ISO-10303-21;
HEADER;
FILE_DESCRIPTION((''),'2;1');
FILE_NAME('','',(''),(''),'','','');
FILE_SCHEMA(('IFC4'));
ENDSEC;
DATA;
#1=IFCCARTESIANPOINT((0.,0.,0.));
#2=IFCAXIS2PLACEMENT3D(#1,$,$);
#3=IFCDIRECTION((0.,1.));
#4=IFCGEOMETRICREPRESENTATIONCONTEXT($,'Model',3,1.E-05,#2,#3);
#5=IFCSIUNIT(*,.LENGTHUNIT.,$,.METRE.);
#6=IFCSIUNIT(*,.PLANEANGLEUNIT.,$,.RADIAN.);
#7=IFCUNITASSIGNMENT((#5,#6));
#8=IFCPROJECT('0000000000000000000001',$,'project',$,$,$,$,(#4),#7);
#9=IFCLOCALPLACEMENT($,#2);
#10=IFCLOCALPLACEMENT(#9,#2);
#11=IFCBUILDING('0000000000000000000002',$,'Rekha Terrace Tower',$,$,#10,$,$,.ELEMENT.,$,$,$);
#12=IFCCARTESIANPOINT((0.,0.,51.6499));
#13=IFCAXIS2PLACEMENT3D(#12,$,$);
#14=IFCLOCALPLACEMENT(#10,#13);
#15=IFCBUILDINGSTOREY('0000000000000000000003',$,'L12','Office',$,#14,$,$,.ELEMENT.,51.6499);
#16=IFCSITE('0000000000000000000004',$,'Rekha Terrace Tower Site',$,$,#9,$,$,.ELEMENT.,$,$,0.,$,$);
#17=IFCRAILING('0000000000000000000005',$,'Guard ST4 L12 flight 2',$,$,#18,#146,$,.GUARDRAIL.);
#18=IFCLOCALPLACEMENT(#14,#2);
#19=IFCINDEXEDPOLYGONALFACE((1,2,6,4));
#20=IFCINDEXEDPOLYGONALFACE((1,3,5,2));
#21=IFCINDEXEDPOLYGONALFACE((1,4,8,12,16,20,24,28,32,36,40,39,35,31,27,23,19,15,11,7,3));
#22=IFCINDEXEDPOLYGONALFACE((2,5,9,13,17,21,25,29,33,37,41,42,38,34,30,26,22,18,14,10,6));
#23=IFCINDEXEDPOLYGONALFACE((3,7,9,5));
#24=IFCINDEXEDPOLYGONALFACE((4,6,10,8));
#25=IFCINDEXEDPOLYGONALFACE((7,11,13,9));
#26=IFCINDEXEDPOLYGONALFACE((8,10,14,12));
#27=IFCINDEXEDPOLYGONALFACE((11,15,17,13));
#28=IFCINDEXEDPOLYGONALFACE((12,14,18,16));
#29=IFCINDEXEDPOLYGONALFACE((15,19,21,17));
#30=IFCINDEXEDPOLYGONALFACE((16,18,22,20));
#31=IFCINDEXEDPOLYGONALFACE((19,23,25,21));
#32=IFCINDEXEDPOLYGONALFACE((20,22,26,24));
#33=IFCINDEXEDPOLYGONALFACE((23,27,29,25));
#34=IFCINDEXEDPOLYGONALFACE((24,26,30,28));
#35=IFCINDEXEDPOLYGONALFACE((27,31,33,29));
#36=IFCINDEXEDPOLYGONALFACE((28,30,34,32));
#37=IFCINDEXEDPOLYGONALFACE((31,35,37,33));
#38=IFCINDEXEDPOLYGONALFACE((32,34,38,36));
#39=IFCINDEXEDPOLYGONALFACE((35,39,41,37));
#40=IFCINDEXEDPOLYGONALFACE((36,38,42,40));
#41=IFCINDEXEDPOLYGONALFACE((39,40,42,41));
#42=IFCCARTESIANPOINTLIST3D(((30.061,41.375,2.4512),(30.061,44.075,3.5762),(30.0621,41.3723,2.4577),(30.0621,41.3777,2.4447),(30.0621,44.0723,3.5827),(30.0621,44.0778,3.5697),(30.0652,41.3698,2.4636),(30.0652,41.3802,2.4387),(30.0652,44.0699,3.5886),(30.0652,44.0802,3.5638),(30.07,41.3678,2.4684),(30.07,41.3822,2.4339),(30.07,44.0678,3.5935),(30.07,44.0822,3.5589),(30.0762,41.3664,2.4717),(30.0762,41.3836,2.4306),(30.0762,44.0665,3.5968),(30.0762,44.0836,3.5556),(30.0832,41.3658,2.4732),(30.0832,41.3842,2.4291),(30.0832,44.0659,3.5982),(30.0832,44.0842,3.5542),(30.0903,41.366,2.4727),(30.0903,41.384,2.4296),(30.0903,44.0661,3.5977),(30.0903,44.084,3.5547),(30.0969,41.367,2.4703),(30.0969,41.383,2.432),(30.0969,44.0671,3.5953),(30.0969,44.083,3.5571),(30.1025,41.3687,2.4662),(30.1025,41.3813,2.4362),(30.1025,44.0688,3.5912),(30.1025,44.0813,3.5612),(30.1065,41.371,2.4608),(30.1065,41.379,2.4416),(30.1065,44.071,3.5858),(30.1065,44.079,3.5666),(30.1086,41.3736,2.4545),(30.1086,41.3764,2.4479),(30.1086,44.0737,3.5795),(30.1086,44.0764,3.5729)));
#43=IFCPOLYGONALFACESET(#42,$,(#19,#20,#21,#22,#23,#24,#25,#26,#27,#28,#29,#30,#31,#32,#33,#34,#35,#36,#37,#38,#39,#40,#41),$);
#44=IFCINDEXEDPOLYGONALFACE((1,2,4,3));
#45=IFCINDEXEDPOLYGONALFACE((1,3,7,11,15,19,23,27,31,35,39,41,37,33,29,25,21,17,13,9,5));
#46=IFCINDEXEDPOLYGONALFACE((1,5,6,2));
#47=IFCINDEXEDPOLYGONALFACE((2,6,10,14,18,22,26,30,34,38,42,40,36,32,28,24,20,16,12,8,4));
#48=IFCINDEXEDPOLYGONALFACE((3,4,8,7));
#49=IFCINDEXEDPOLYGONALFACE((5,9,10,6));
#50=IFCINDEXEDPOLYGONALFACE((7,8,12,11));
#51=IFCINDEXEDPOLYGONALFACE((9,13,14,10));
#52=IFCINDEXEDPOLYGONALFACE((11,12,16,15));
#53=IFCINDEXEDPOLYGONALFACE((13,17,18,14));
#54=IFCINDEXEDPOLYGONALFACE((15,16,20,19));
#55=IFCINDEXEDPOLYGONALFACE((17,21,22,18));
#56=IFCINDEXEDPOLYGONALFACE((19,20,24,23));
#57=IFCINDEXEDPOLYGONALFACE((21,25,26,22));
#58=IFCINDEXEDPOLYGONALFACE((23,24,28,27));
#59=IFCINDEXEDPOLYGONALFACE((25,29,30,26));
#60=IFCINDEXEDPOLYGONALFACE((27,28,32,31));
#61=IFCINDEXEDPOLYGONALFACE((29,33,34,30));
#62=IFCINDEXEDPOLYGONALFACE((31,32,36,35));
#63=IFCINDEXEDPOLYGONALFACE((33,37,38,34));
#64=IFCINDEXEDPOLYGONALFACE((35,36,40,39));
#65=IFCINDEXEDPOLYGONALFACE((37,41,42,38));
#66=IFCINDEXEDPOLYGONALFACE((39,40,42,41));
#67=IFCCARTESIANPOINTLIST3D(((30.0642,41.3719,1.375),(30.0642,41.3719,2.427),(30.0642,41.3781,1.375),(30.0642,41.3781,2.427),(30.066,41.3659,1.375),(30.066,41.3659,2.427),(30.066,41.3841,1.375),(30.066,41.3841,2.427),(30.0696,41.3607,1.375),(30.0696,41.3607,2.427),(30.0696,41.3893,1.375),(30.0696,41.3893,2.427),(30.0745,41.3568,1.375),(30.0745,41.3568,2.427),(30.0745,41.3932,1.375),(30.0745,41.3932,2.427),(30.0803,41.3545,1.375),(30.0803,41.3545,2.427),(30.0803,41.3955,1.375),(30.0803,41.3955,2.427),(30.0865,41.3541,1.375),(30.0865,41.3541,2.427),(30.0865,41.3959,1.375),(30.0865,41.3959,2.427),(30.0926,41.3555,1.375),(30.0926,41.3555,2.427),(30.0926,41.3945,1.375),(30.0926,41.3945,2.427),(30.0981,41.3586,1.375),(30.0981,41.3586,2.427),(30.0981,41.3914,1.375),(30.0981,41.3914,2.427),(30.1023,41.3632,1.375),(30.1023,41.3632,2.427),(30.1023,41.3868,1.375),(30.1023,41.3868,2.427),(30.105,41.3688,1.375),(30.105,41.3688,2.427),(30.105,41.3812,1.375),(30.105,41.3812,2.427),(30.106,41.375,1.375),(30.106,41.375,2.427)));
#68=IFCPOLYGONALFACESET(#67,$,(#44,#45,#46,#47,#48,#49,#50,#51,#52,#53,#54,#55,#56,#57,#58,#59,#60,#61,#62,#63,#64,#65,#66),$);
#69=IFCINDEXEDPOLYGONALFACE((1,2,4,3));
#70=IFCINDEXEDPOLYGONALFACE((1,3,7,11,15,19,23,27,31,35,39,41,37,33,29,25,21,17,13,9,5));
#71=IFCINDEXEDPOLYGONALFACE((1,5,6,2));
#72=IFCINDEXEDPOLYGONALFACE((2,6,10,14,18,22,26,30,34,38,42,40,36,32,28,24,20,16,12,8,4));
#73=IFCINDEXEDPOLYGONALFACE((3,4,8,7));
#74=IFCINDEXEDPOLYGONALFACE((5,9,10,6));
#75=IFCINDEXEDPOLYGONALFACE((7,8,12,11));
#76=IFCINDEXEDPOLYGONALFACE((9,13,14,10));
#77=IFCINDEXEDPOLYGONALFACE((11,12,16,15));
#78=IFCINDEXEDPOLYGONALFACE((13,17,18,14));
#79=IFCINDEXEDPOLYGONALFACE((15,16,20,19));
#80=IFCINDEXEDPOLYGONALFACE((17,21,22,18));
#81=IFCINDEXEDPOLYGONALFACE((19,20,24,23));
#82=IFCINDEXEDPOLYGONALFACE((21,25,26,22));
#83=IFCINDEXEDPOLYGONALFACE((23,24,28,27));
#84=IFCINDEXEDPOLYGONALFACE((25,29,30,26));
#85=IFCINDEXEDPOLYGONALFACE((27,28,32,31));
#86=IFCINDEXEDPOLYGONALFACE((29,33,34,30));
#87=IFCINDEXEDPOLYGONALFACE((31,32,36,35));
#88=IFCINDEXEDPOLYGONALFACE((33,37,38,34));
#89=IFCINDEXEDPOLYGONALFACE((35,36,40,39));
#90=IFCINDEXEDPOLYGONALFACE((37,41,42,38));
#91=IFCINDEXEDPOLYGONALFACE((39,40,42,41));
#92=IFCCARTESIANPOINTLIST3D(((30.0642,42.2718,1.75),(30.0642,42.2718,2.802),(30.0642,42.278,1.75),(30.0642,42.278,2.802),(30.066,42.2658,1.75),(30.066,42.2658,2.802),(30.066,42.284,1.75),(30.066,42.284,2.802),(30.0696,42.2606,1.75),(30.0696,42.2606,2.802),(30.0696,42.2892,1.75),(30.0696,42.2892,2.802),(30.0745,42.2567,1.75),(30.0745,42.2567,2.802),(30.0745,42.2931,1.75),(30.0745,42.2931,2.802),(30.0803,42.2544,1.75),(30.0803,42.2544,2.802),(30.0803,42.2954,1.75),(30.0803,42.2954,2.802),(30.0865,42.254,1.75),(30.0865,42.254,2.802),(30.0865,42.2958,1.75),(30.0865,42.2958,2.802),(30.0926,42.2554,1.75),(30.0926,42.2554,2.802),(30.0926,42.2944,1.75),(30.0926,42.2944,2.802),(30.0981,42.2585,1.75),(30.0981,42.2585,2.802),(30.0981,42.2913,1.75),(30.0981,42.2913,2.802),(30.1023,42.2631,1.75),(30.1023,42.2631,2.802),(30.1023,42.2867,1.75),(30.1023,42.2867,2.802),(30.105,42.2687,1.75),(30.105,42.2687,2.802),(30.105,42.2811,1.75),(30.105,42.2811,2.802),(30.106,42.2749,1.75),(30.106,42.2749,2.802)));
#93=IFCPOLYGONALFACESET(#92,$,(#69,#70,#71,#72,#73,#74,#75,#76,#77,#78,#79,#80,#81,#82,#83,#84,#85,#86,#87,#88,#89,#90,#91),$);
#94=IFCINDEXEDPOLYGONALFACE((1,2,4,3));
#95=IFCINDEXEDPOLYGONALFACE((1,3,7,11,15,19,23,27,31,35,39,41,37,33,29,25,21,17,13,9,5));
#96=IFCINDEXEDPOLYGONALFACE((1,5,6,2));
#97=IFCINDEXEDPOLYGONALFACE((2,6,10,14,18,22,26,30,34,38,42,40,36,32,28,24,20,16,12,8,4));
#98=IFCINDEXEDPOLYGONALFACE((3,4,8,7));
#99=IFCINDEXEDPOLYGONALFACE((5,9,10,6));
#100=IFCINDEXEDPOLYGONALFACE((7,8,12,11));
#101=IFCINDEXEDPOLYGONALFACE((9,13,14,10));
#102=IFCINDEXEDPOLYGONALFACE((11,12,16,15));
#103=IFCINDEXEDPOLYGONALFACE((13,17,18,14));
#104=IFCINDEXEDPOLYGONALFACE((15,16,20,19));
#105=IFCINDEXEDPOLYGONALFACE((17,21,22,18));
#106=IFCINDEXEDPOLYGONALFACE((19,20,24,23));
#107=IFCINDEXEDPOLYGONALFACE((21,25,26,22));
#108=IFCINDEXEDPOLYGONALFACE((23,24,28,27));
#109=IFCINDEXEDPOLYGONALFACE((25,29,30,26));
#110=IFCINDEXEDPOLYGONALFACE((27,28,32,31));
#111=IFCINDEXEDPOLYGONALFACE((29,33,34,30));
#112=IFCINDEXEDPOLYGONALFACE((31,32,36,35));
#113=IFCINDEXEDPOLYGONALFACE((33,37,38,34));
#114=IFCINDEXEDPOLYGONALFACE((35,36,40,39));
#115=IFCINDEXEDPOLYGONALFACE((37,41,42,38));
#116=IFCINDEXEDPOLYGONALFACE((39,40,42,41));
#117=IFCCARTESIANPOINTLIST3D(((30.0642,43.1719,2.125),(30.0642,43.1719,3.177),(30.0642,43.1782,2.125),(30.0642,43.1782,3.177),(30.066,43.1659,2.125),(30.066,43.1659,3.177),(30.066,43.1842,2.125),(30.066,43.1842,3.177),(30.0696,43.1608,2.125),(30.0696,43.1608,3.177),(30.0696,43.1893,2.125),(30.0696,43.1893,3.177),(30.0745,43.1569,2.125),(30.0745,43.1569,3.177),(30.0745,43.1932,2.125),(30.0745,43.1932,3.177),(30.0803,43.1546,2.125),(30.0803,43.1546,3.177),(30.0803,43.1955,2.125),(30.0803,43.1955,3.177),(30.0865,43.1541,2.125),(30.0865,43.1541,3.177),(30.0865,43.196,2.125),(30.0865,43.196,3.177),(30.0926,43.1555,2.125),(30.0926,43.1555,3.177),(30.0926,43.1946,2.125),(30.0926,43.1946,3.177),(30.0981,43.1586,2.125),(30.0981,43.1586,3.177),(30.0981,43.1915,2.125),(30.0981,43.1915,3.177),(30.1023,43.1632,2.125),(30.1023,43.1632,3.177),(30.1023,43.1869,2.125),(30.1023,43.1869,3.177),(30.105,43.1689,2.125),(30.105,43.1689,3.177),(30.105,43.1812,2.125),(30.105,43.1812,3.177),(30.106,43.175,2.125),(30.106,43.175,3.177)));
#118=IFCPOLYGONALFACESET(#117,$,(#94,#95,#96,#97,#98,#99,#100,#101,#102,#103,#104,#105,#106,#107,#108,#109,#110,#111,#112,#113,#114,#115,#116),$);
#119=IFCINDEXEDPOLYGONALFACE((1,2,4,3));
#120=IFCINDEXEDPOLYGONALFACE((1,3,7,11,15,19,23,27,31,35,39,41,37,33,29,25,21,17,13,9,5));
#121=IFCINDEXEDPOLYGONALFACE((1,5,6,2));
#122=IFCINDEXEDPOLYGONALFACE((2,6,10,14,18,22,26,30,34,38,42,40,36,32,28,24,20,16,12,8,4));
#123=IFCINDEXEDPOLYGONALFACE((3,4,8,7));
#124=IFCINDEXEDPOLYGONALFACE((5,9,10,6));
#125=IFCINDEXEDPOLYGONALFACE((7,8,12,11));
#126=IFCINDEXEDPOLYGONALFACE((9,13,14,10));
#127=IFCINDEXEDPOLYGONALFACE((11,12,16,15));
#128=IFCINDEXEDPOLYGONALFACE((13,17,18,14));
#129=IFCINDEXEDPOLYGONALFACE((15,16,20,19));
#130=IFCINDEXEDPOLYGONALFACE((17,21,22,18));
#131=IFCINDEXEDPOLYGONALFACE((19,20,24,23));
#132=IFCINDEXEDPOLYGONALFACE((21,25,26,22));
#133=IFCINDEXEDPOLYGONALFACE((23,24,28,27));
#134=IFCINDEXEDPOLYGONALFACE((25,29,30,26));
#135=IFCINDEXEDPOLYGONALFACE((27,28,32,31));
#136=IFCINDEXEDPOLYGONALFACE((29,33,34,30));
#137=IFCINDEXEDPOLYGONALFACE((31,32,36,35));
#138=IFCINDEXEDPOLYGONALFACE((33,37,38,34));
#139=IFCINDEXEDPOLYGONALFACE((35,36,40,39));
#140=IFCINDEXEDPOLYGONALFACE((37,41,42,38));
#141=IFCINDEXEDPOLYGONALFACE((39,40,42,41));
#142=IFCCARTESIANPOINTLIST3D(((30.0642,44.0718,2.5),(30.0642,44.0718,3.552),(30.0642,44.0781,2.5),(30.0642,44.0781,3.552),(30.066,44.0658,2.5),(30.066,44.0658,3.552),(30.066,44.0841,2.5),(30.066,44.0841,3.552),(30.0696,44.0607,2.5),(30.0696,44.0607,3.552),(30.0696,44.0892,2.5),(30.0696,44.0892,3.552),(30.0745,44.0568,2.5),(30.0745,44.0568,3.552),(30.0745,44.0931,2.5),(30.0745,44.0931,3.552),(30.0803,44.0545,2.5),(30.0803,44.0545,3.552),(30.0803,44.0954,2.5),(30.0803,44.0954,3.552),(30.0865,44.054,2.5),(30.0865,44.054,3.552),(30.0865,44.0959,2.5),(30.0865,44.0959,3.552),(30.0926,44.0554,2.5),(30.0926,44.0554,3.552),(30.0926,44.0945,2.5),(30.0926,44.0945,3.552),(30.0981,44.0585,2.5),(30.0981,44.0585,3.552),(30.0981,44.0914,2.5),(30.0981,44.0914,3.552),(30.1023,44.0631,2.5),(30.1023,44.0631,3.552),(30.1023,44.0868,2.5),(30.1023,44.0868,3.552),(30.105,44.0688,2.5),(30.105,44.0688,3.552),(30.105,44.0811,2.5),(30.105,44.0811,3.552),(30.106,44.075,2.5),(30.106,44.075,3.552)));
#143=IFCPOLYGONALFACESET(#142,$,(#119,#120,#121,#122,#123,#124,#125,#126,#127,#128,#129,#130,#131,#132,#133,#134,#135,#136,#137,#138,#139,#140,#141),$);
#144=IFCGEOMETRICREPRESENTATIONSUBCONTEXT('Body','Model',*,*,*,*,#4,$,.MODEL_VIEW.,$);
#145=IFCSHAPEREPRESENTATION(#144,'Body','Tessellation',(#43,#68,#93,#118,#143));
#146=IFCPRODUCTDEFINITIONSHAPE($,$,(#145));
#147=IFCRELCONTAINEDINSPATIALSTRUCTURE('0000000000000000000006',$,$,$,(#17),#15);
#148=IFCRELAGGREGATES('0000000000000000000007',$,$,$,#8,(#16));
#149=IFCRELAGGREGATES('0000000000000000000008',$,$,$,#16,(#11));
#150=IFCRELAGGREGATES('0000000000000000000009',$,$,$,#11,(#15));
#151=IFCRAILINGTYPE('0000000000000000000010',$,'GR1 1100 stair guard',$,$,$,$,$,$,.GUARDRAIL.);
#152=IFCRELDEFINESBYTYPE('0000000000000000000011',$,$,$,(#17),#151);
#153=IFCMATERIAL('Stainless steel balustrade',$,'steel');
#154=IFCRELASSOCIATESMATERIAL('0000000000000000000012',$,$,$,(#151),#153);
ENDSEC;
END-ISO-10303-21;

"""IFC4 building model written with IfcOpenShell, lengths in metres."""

from ifc_helpers import new_model, si_unit, direction, frame, origin, origin_2d, place, context, subcontext, project, spatial, circle, extrude, material, type_object, element, save


model = new_model("IFC4")

# Units and contexts
model_context = context("Model", 3, precision=1e-05, world=origin(), true_north=direction((0.0, 1.0)))
body_context = subcontext(model_context, "Body", "Model", "MODEL_VIEW")
ifc_project = project(units=[si_unit("LENGTHUNIT", "METRE"), si_unit("PLANEANGLEUNIT", "RADIAN")], contexts=[model_context])

# Site, building, storey
site_placement = place(None, origin())
site = spatial("IfcSite", under=ifc_project, at=site_placement, Name="Rekha Terrace Tower Site", CompositionType="ELEMENT", RefElevation=0.0)
building_placement = place(site_placement, origin())
building = spatial("IfcBuilding", under=site, at=building_placement, Name="Rekha Terrace Tower", CompositionType="ELEMENT")
storey_placement = place(building_placement, frame((0.0, 0.0, 51.6499)))
storey = spatial("IfcBuildingStorey", under=building, at=storey_placement, Name="L12", Description="Office", CompositionType="ELEMENT", Elevation=51.6499)

# Railing
ifc_material_1 = material(Name="Stainless steel balustrade", Category="steel")
railing_type_1 = type_object("IfcRailingType", Name="GR1 1100 stair guard", PredefinedType="GUARDRAIL", material=ifc_material_1)
railing_1_placement = place(storey_placement, frame((30.085, 41.375, 1.375)))
element("IfcRailing", 1, at=railing_1_placement, inside=storey, type_object=railing_type_1, Name="Guard ST4 L12 flight 2", PredefinedType="GUARDRAIL", context=body_context, shape_type="SweptSolid", body=[
    extrude(circle(Radius=0.0239, at=origin_2d()), frame((0.0, 0.0, 1.0762), z_axis=(0.0, 0.923074, 0.384621), x_axis=(-1.0, 0.0, 0.0)), (0.0, 0.0, 1.0), 2.925),
    extrude(circle(Radius=0.021, at=origin_2d()), origin(), (0.0, 0.0, 1.0), 1.052),
    extrude(circle(Radius=0.021, at=origin_2d()), frame((0.0, 0.8999, 0.375)), (0.0, 0.0, 1.0), 1.052),
    extrude(circle(Radius=0.021, at=origin_2d()), frame((0.0, 1.8, 0.75)), (0.0, 0.0, 1.0), 1.052),
    extrude(circle(Radius=0.021, at=origin_2d()), frame((0.0, 2.7, 1.125)), (0.0, 0.0, 1.0), 1.052),
])

save(model, "model.ifc")
